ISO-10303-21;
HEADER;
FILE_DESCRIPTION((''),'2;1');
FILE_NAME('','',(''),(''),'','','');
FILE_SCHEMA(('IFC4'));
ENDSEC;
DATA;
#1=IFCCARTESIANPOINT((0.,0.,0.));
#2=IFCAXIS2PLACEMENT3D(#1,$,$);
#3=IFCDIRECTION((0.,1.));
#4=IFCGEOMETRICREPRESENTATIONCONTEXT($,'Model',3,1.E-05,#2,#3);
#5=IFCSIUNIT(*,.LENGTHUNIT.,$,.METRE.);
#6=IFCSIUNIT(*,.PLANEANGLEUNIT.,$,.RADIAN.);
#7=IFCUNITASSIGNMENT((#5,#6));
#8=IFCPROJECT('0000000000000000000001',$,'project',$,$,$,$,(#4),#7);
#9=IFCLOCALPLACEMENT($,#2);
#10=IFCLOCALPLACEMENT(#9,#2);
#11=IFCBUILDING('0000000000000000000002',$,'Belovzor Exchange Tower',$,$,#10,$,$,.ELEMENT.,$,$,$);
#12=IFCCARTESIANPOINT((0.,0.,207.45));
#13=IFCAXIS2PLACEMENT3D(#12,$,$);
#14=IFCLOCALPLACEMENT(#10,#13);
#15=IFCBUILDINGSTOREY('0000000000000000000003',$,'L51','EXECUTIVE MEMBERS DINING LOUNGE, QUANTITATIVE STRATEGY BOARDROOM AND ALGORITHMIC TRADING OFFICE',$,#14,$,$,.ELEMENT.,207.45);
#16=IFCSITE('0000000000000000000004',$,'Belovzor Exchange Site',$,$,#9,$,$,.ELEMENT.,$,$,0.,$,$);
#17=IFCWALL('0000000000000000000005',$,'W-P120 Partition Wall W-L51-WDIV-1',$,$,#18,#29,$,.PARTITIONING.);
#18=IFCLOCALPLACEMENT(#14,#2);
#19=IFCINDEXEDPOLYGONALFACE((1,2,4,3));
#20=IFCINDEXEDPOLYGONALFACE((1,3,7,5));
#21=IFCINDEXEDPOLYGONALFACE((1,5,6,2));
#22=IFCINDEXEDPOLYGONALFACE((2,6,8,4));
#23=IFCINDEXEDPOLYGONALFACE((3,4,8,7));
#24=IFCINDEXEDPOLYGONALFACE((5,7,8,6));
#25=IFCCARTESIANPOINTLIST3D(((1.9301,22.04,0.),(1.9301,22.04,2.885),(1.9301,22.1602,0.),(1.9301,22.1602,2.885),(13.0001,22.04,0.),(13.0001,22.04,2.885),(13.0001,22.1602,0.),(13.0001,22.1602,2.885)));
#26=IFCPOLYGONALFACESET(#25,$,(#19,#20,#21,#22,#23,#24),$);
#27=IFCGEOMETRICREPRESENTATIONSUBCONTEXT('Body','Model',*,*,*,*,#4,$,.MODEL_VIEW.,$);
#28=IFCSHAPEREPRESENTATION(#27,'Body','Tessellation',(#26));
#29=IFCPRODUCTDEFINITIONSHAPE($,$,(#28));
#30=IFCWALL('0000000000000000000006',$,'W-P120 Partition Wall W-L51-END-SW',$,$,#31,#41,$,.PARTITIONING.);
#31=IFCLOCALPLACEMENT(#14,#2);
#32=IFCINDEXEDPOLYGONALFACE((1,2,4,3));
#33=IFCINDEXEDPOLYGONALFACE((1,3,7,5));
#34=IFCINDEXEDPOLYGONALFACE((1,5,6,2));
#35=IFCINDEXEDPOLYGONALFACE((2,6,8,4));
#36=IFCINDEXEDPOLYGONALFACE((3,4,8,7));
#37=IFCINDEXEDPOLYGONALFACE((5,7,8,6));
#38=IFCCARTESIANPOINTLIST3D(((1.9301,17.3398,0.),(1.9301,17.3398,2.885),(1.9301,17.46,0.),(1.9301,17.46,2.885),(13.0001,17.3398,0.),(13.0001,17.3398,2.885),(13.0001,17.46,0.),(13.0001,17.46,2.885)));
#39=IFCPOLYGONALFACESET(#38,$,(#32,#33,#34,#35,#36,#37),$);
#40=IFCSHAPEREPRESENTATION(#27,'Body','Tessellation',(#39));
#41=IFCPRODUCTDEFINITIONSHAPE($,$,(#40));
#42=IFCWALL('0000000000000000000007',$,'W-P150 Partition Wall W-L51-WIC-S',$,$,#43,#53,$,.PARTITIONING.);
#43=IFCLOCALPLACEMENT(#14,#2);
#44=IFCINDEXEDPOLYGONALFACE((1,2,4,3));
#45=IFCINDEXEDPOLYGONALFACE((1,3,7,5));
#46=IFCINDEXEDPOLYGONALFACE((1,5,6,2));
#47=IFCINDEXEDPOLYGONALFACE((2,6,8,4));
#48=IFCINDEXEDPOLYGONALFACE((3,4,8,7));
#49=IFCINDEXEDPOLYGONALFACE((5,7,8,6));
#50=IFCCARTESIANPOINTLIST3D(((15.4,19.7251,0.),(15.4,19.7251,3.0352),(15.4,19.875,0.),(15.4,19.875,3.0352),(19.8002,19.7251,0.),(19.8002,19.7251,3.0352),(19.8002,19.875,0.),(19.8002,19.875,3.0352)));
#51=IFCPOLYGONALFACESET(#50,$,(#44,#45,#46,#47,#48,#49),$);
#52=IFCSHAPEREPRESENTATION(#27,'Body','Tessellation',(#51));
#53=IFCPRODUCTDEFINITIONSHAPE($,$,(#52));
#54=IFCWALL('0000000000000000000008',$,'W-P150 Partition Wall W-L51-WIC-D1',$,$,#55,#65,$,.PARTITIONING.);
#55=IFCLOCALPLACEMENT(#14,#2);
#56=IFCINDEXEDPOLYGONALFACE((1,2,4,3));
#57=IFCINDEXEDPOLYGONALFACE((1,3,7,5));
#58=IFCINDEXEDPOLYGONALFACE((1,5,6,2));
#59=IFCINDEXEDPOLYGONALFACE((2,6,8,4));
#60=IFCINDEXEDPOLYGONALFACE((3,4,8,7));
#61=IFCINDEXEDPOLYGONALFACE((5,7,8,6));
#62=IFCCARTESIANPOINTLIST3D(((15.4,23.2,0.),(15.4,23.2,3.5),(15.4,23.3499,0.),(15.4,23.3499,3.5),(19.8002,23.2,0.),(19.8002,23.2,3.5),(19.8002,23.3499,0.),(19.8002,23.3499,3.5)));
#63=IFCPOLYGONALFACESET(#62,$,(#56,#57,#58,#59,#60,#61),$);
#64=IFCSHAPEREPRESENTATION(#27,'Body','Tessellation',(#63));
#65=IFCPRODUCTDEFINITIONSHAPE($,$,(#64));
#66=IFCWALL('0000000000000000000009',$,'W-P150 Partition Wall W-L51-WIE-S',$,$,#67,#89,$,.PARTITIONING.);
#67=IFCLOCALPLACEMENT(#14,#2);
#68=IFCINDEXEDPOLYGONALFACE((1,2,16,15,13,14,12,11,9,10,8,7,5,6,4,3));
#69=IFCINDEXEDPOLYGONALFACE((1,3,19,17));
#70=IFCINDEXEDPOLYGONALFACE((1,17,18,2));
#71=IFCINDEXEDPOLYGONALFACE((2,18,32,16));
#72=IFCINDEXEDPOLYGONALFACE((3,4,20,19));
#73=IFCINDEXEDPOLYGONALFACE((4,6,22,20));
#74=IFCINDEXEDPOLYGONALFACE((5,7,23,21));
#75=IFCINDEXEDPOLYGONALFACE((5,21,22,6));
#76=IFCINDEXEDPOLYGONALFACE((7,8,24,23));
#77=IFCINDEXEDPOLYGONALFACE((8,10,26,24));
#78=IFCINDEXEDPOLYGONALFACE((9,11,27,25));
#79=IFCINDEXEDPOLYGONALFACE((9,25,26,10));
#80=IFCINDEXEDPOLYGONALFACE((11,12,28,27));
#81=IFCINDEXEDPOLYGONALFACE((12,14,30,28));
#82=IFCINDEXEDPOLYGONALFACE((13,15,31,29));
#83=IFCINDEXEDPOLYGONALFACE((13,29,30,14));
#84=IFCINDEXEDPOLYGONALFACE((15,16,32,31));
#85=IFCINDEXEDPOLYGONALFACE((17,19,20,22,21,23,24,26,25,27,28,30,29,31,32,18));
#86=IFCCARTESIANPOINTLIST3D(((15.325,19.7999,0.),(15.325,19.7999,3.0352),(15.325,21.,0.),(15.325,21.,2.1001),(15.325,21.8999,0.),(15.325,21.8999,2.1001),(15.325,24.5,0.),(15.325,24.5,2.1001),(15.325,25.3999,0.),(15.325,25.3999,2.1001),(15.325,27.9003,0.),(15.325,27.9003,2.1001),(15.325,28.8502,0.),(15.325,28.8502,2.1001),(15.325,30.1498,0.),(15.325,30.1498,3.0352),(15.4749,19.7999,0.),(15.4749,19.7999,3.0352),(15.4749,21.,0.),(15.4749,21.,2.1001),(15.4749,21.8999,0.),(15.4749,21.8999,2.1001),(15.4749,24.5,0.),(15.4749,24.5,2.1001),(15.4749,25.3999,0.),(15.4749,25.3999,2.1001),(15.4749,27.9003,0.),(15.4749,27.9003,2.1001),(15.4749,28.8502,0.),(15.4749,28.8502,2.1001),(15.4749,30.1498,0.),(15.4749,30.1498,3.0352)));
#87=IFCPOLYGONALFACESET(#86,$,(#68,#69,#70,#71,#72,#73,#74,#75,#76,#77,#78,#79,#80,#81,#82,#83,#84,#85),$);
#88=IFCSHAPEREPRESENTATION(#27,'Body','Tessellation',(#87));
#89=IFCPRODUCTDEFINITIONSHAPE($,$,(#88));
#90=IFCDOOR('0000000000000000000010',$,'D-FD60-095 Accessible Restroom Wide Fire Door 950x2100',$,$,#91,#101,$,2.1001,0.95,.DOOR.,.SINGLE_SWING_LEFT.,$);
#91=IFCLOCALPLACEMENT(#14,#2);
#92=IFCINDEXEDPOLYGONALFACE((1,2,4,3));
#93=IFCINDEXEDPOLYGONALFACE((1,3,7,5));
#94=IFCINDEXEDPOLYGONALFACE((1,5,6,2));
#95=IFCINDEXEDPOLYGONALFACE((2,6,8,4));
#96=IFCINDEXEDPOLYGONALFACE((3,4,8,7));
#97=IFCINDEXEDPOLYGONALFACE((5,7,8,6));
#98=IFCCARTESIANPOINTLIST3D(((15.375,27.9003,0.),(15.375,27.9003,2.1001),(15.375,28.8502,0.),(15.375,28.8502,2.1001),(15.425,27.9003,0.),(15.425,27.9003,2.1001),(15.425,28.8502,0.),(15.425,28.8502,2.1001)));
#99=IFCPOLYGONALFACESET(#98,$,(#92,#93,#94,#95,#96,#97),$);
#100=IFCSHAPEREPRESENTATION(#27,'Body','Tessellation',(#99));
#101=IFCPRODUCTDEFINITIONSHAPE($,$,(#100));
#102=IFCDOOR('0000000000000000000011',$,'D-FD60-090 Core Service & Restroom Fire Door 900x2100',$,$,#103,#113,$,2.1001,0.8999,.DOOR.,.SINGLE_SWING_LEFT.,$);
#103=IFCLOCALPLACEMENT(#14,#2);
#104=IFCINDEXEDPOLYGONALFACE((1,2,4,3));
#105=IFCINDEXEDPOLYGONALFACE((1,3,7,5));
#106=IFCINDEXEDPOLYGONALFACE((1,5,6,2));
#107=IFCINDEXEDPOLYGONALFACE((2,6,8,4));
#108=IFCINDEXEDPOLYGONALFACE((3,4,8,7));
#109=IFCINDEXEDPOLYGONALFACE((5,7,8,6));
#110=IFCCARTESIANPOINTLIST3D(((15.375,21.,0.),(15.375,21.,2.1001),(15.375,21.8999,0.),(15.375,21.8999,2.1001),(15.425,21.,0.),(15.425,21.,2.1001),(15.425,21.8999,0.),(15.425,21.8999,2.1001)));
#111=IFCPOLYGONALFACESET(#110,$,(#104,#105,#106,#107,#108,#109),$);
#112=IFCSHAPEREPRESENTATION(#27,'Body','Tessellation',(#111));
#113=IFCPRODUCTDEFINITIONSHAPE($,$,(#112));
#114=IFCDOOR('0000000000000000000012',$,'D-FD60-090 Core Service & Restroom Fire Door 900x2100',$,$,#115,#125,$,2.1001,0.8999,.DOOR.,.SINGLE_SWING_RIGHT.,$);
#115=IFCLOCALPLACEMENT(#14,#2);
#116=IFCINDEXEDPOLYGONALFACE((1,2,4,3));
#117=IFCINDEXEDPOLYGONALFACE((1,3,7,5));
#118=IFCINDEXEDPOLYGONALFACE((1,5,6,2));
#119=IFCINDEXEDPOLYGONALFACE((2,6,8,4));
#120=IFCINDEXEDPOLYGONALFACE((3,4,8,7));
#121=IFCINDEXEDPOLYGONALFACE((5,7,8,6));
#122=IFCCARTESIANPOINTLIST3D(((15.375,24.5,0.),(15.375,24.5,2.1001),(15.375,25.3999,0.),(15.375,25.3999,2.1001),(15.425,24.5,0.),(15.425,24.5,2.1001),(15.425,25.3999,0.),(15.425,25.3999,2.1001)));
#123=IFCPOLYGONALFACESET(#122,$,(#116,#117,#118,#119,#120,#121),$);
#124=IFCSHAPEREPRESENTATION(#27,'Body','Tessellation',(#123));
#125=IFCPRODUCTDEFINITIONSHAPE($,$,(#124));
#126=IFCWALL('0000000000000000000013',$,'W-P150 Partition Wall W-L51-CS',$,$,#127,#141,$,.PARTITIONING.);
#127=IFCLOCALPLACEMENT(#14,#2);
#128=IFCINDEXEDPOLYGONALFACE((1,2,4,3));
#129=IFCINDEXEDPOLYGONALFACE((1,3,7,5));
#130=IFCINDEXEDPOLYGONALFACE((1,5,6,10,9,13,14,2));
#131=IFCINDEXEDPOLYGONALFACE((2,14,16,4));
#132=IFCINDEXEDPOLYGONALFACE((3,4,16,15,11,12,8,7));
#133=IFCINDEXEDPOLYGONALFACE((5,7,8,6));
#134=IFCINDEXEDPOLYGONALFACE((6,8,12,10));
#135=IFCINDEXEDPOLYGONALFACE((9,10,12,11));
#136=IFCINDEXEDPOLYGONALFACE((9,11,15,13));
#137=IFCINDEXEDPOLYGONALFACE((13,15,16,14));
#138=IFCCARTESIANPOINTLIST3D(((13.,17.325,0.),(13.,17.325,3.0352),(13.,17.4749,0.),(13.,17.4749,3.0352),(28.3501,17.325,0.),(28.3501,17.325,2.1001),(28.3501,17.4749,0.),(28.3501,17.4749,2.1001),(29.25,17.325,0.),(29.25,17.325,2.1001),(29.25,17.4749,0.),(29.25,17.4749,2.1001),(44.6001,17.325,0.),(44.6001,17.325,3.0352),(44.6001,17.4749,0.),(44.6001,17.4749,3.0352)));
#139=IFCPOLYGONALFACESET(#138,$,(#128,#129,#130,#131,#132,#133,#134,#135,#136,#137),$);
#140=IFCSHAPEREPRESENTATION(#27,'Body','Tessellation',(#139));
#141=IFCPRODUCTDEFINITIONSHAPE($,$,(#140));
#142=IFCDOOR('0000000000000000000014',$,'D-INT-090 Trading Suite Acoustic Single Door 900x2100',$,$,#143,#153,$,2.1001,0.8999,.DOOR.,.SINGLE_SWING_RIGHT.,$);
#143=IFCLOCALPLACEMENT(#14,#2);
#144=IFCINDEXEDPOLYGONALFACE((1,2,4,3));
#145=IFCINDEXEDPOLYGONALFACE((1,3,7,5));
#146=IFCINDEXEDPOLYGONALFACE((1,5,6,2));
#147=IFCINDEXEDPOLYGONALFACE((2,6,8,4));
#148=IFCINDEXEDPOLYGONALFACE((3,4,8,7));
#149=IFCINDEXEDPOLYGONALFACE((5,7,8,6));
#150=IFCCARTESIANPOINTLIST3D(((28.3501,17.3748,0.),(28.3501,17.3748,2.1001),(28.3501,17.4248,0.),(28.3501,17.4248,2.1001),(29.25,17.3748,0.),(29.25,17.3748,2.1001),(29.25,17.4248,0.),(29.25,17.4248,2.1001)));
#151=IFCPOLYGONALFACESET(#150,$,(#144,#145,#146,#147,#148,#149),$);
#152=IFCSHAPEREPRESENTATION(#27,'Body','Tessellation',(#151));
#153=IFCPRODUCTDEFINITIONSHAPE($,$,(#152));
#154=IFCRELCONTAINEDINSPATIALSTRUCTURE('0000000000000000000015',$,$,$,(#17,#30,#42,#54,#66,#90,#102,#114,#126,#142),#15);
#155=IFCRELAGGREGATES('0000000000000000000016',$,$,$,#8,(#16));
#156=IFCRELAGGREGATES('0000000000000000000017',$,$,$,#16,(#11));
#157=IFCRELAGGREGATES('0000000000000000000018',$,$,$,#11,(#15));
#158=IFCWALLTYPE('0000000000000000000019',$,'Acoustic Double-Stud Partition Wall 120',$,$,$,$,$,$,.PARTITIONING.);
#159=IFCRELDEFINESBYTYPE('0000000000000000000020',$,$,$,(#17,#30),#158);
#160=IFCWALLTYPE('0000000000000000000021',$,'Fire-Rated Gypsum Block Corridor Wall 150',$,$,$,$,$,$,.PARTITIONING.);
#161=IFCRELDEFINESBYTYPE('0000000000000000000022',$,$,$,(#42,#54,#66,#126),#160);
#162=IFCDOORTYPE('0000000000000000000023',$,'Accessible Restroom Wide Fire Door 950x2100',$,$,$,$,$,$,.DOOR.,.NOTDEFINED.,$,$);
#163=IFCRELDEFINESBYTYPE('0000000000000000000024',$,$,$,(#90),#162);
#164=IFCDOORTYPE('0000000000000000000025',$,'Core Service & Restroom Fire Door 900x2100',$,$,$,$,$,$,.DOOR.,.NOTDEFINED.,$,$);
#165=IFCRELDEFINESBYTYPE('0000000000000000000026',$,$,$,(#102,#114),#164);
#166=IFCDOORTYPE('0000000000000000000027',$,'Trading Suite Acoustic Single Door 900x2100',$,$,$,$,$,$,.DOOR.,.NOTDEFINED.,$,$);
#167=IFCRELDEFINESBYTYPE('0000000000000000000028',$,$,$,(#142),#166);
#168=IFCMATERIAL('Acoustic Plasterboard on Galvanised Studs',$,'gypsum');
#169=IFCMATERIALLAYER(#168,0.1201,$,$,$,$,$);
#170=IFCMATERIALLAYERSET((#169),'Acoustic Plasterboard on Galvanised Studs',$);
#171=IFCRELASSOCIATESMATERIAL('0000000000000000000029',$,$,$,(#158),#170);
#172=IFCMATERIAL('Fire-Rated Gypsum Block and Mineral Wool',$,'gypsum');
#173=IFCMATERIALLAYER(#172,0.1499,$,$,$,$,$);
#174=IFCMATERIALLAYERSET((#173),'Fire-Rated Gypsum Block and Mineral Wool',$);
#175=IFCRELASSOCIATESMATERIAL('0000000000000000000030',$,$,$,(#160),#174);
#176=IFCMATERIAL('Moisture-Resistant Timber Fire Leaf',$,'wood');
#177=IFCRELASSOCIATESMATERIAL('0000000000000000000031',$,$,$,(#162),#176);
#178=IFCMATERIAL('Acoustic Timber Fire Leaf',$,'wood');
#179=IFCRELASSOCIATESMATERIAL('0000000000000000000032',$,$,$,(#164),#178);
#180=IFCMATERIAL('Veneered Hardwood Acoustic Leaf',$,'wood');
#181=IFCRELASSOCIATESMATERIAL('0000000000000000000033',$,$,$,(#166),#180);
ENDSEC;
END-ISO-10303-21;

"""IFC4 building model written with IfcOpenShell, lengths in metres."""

from ifc_helpers import new_model, si_unit, direction, frame, frame_2d, origin, place, context, subcontext, project, spatial, rectangle, extrude, material, layer, layer_set, type_object, element, fill, save


model = new_model("IFC4")

# Units and contexts
model_context = context("Model", 3, precision=1e-05, world=origin(), true_north=direction((0.0, 1.0)))
body_context = subcontext(model_context, "Body", "Model", "MODEL_VIEW")
ifc_project = project(units=[si_unit("LENGTHUNIT", "METRE"), si_unit("PLANEANGLEUNIT", "RADIAN")], contexts=[model_context])

# Site, building, storey
site_placement = place(None, origin())
site = spatial("IfcSite", under=ifc_project, at=site_placement, Name="Belovzor Exchange Site", CompositionType="ELEMENT", RefElevation=0.0)
building_placement = place(site_placement, origin())
building = spatial("IfcBuilding", under=site, at=building_placement, Name="Belovzor Exchange Tower", CompositionType="ELEMENT")
storey_placement = place(building_placement, frame((0.0, 0.0, 207.45)))
storey = spatial("IfcBuildingStorey", under=building, at=storey_placement, Name="L51", Description="EXECUTIVE MEMBERS DINING LOUNGE, QUANTITATIVE STRATEGY BOARDROOM AND ALGORITHMIC TRADING OFFICE", CompositionType="ELEMENT", Elevation=207.45)

# Walls
ifc_material_1 = material(Name="Acoustic Plasterboard on Galvanised Studs", Category="gypsum")
ifc_layer_1 = layer(ifc_material_1, 0.1201)
ifc_layer_set_1 = layer_set([ifc_layer_1], Name="Acoustic Plasterboard on Galvanised Studs")
wall_type_1 = type_object("IfcWallType", Name="Acoustic Double-Stud Partition Wall 120", PredefinedType="PARTITIONING", material=ifc_layer_set_1)
for number, where, z_axis, x_axis, name in (
    (1, (1.9299, 22.1001, 0.0), (0.0, 0.0, 1.0), (1.0, 0.0, 0.0), "W-P120 Partition Wall W-L51-WDIV-1"),
    (2, (1.9299, 17.3999, 0.0), (0.0, 0.0, 1.0), (1.0, 0.0, 0.0), "W-P120 Partition Wall W-L51-END-SW"),
):
    element("IfcWall", number, at=place(storey_placement, frame(where, z_axis=z_axis, x_axis=x_axis)), inside=storey, type_object=wall_type_1, Name=name, PredefinedType="PARTITIONING", context=body_context, shape_type="SweptSolid", body=[
        extrude(rectangle(XDim=11.0701, YDim=0.1201, at=frame_2d((5.5352, 0.0))), origin(), (0.0, 0.0, 1.0), 2.885),
    ])
ifc_material_2 = material(Name="Fire-Rated Gypsum Block and Mineral Wool", Category="gypsum")
ifc_layer_2 = layer(ifc_material_2, 0.1499)
ifc_layer_set_2 = layer_set([ifc_layer_2], Name="Fire-Rated Gypsum Block and Mineral Wool")
wall_type_2 = type_object("IfcWallType", Name="Fire-Rated Gypsum Block Corridor Wall 150", PredefinedType="PARTITIONING", material=ifc_layer_set_2)
wall_1_placement = place(storey_placement, frame((15.3999, 19.8, 0.0), z_axis=(0.0, 0.0, 1.0), x_axis=(1.0, 0.0, 0.0)))
element("IfcWall", 3, at=wall_1_placement, inside=storey, type_object=wall_type_2, Name="W-P150 Partition Wall W-L51-WIC-S", PredefinedType="PARTITIONING", context=body_context, shape_type="SweptSolid", body=[
    extrude(rectangle(XDim=4.4001, YDim=0.1499, at=frame_2d((2.2002, 0.0))), origin(), (0.0, 0.0, 1.0), 3.0352),
])
wall_2_placement = place(storey_placement, frame((15.3999, 23.2749, 0.0), z_axis=(0.0, 0.0, 1.0), x_axis=(1.0, 0.0, 0.0)))
element("IfcWall", 4, at=wall_2_placement, inside=storey, type_object=wall_type_2, Name="W-P150 Partition Wall W-L51-WIC-D1", PredefinedType="PARTITIONING", context=body_context, shape_type="SweptSolid", body=[
    extrude(rectangle(XDim=4.4001, YDim=0.1499, at=frame_2d((2.2002, 0.0))), origin(), (0.0, 0.0, 1.0), 3.5),
])

# Wall, openings, doors
wall_3_placement = place(storey_placement, frame((15.3999, 19.8, 0.0), z_axis=(0.0, 0.0, 1.0), x_axis=(0.0, 1.0, 0.0)))
wall_3 = element("IfcWall", 5, at=wall_3_placement, inside=storey, type_object=wall_type_2, Name="W-P150 Partition Wall W-L51-WIE-S", PredefinedType="PARTITIONING", context=body_context, shape_type="SweptSolid", body=[
    extrude(rectangle(XDim=10.3499, YDim=0.1499, at=frame_2d((5.1748, 0.0))), origin(), (0.0, 0.0, 1.0), 3.0352),
])
opening_1_placement = place(wall_3_placement, frame((1.2, 0.0, 0.0)))
opening_1 = element("IfcOpeningElement", 6, at=opening_1_placement, cuts=wall_3, PredefinedType="OPENING", context=body_context, shape_type="SweptSolid", body=[
    extrude(rectangle(XDim=0.8999, YDim=2.1001, at=frame_2d((0.45, 1.05))), frame((0.0, 0.085, 0.0), z_axis=(0.0, -1.0, 0.0), x_axis=(1.0, 0.0, 0.0)), (0.0, 0.0, 1.0), 0.1699),
])
opening_2_placement = place(wall_3_placement, frame((4.7, 0.0, 0.0)))
opening_2 = element("IfcOpeningElement", 7, at=opening_2_placement, cuts=wall_3, PredefinedType="OPENING", context=body_context, shape_type="SweptSolid", body=[
    extrude(rectangle(XDim=0.8999, YDim=2.1001, at=frame_2d((0.45, 1.05))), frame((0.0, 0.085, 0.0), z_axis=(0.0, -1.0, 0.0), x_axis=(1.0, 0.0, 0.0)), (0.0, 0.0, 1.0), 0.1699),
])
opening_3_placement = place(wall_3_placement, frame((8.1001, 0.0, 0.0)))
opening_3 = element("IfcOpeningElement", 8, at=opening_3_placement, cuts=wall_3, PredefinedType="OPENING", context=body_context, shape_type="SweptSolid", body=[
    extrude(rectangle(XDim=0.95, YDim=2.1001, at=frame_2d((0.4751, 1.05))), frame((0.0, 0.085, 0.0), z_axis=(0.0, -1.0, 0.0), x_axis=(1.0, 0.0, 0.0)), (0.0, 0.0, 1.0), 0.1699),
])
ifc_material_3 = material(Name="Moisture-Resistant Timber Fire Leaf", Category="wood")
door_type_1 = type_object("IfcDoorType", Name="Accessible Restroom Wide Fire Door 950x2100", OperationType="NOTDEFINED", PredefinedType="DOOR", material=ifc_material_3)
door_1_placement = place(opening_3_placement, origin())
door_1 = element("IfcDoor", 9, at=door_1_placement, inside=storey, type_object=door_type_1, Name="D-FD60-095 Accessible Restroom Wide Fire Door 950x2100", OperationType="SINGLE_SWING_LEFT", OverallHeight=2.1001, OverallWidth=0.95, PredefinedType="DOOR", context=body_context, shape_type="SweptSolid", body=[
    extrude(rectangle(XDim=0.95, YDim=2.1001, at=frame_2d((0.4751, 1.05))), frame((0.0, 0.0249, 0.0), z_axis=(0.0, -1.0, 0.0), x_axis=(1.0, 0.0, 0.0)), (0.0, 0.0, 1.0), 0.05),
])
fill(opening_3, door_1)
ifc_material_4 = material(Name="Acoustic Timber Fire Leaf", Category="wood")
door_type_2 = type_object("IfcDoorType", Name="Core Service & Restroom Fire Door 900x2100", OperationType="NOTDEFINED", PredefinedType="DOOR", material=ifc_material_4)
door_2_placement = place(opening_1_placement, origin())
door_2 = element("IfcDoor", 10, at=door_2_placement, inside=storey, type_object=door_type_2, Name="D-FD60-090 Core Service & Restroom Fire Door 900x2100", OperationType="SINGLE_SWING_LEFT", OverallHeight=2.1001, OverallWidth=0.8999, PredefinedType="DOOR", context=body_context, shape_type="SweptSolid", body=[
    extrude(rectangle(XDim=0.8999, YDim=2.1001, at=frame_2d((0.45, 1.05))), frame((0.0, 0.0249, 0.0), z_axis=(0.0, -1.0, 0.0), x_axis=(1.0, 0.0, 0.0)), (0.0, 0.0, 1.0), 0.05),
])
fill(opening_1, door_2)
door_3_placement = place(opening_2_placement, origin())
door_3 = element("IfcDoor", 11, at=door_3_placement, inside=storey, type_object=door_type_2, Name="D-FD60-090 Core Service & Restroom Fire Door 900x2100", OperationType="SINGLE_SWING_RIGHT", OverallHeight=2.1001, OverallWidth=0.8999, PredefinedType="DOOR", context=body_context, shape_type="SweptSolid", body=[
    extrude(rectangle(XDim=0.8999, YDim=2.1001, at=frame_2d((0.45, 1.05))), frame((0.0, 0.0249, 0.0), z_axis=(0.0, -1.0, 0.0), x_axis=(1.0, 0.0, 0.0)), (0.0, 0.0, 1.0), 0.05),
])
fill(opening_2, door_3)

# Wall, opening, door
wall_4_placement = place(storey_placement, frame((13.0, 17.3999, 0.0), z_axis=(0.0, 0.0, 1.0), x_axis=(1.0, 0.0, 0.0)))
wall_4 = element("IfcWall", 12, at=wall_4_placement, inside=storey, type_object=wall_type_2, Name="W-P150 Partition Wall W-L51-CS", PredefinedType="PARTITIONING", context=body_context, shape_type="SweptSolid", body=[
    extrude(rectangle(XDim=31.6001, YDim=0.1499, at=frame_2d((15.8, 0.0))), origin(), (0.0, 0.0, 1.0), 3.0352),
])
opening_4_placement = place(wall_4_placement, frame((15.3501, 0.0, 0.0)))
opening_4 = element("IfcOpeningElement", 13, at=opening_4_placement, cuts=wall_4, PredefinedType="OPENING", context=body_context, shape_type="SweptSolid", body=[
    extrude(rectangle(XDim=0.8999, YDim=2.1001, at=frame_2d((0.45, 1.05))), frame((0.0, 0.085, 0.0), z_axis=(0.0, -1.0, 0.0), x_axis=(1.0, 0.0, 0.0)), (0.0, 0.0, 1.0), 0.1699),
])
ifc_material_5 = material(Name="Veneered Hardwood Acoustic Leaf", Category="wood")
door_type_3 = type_object("IfcDoorType", Name="Trading Suite Acoustic Single Door 900x2100", OperationType="NOTDEFINED", PredefinedType="DOOR", material=ifc_material_5)
door_4_placement = place(opening_4_placement, origin())
door_4 = element("IfcDoor", 14, at=door_4_placement, inside=storey, type_object=door_type_3, Name="D-INT-090 Trading Suite Acoustic Single Door 900x2100", OperationType="SINGLE_SWING_RIGHT", OverallHeight=2.1001, OverallWidth=0.8999, PredefinedType="DOOR", context=body_context, shape_type="SweptSolid", body=[
    extrude(rectangle(XDim=0.8999, YDim=2.1001, at=frame_2d((0.45, 1.05))), frame((0.0, 0.0249, 0.0), z_axis=(0.0, -1.0, 0.0), x_axis=(1.0, 0.0, 0.0)), (0.0, 0.0, 1.0), 0.05),
])
fill(opening_4, door_4)

save(model, "model.ifc")
